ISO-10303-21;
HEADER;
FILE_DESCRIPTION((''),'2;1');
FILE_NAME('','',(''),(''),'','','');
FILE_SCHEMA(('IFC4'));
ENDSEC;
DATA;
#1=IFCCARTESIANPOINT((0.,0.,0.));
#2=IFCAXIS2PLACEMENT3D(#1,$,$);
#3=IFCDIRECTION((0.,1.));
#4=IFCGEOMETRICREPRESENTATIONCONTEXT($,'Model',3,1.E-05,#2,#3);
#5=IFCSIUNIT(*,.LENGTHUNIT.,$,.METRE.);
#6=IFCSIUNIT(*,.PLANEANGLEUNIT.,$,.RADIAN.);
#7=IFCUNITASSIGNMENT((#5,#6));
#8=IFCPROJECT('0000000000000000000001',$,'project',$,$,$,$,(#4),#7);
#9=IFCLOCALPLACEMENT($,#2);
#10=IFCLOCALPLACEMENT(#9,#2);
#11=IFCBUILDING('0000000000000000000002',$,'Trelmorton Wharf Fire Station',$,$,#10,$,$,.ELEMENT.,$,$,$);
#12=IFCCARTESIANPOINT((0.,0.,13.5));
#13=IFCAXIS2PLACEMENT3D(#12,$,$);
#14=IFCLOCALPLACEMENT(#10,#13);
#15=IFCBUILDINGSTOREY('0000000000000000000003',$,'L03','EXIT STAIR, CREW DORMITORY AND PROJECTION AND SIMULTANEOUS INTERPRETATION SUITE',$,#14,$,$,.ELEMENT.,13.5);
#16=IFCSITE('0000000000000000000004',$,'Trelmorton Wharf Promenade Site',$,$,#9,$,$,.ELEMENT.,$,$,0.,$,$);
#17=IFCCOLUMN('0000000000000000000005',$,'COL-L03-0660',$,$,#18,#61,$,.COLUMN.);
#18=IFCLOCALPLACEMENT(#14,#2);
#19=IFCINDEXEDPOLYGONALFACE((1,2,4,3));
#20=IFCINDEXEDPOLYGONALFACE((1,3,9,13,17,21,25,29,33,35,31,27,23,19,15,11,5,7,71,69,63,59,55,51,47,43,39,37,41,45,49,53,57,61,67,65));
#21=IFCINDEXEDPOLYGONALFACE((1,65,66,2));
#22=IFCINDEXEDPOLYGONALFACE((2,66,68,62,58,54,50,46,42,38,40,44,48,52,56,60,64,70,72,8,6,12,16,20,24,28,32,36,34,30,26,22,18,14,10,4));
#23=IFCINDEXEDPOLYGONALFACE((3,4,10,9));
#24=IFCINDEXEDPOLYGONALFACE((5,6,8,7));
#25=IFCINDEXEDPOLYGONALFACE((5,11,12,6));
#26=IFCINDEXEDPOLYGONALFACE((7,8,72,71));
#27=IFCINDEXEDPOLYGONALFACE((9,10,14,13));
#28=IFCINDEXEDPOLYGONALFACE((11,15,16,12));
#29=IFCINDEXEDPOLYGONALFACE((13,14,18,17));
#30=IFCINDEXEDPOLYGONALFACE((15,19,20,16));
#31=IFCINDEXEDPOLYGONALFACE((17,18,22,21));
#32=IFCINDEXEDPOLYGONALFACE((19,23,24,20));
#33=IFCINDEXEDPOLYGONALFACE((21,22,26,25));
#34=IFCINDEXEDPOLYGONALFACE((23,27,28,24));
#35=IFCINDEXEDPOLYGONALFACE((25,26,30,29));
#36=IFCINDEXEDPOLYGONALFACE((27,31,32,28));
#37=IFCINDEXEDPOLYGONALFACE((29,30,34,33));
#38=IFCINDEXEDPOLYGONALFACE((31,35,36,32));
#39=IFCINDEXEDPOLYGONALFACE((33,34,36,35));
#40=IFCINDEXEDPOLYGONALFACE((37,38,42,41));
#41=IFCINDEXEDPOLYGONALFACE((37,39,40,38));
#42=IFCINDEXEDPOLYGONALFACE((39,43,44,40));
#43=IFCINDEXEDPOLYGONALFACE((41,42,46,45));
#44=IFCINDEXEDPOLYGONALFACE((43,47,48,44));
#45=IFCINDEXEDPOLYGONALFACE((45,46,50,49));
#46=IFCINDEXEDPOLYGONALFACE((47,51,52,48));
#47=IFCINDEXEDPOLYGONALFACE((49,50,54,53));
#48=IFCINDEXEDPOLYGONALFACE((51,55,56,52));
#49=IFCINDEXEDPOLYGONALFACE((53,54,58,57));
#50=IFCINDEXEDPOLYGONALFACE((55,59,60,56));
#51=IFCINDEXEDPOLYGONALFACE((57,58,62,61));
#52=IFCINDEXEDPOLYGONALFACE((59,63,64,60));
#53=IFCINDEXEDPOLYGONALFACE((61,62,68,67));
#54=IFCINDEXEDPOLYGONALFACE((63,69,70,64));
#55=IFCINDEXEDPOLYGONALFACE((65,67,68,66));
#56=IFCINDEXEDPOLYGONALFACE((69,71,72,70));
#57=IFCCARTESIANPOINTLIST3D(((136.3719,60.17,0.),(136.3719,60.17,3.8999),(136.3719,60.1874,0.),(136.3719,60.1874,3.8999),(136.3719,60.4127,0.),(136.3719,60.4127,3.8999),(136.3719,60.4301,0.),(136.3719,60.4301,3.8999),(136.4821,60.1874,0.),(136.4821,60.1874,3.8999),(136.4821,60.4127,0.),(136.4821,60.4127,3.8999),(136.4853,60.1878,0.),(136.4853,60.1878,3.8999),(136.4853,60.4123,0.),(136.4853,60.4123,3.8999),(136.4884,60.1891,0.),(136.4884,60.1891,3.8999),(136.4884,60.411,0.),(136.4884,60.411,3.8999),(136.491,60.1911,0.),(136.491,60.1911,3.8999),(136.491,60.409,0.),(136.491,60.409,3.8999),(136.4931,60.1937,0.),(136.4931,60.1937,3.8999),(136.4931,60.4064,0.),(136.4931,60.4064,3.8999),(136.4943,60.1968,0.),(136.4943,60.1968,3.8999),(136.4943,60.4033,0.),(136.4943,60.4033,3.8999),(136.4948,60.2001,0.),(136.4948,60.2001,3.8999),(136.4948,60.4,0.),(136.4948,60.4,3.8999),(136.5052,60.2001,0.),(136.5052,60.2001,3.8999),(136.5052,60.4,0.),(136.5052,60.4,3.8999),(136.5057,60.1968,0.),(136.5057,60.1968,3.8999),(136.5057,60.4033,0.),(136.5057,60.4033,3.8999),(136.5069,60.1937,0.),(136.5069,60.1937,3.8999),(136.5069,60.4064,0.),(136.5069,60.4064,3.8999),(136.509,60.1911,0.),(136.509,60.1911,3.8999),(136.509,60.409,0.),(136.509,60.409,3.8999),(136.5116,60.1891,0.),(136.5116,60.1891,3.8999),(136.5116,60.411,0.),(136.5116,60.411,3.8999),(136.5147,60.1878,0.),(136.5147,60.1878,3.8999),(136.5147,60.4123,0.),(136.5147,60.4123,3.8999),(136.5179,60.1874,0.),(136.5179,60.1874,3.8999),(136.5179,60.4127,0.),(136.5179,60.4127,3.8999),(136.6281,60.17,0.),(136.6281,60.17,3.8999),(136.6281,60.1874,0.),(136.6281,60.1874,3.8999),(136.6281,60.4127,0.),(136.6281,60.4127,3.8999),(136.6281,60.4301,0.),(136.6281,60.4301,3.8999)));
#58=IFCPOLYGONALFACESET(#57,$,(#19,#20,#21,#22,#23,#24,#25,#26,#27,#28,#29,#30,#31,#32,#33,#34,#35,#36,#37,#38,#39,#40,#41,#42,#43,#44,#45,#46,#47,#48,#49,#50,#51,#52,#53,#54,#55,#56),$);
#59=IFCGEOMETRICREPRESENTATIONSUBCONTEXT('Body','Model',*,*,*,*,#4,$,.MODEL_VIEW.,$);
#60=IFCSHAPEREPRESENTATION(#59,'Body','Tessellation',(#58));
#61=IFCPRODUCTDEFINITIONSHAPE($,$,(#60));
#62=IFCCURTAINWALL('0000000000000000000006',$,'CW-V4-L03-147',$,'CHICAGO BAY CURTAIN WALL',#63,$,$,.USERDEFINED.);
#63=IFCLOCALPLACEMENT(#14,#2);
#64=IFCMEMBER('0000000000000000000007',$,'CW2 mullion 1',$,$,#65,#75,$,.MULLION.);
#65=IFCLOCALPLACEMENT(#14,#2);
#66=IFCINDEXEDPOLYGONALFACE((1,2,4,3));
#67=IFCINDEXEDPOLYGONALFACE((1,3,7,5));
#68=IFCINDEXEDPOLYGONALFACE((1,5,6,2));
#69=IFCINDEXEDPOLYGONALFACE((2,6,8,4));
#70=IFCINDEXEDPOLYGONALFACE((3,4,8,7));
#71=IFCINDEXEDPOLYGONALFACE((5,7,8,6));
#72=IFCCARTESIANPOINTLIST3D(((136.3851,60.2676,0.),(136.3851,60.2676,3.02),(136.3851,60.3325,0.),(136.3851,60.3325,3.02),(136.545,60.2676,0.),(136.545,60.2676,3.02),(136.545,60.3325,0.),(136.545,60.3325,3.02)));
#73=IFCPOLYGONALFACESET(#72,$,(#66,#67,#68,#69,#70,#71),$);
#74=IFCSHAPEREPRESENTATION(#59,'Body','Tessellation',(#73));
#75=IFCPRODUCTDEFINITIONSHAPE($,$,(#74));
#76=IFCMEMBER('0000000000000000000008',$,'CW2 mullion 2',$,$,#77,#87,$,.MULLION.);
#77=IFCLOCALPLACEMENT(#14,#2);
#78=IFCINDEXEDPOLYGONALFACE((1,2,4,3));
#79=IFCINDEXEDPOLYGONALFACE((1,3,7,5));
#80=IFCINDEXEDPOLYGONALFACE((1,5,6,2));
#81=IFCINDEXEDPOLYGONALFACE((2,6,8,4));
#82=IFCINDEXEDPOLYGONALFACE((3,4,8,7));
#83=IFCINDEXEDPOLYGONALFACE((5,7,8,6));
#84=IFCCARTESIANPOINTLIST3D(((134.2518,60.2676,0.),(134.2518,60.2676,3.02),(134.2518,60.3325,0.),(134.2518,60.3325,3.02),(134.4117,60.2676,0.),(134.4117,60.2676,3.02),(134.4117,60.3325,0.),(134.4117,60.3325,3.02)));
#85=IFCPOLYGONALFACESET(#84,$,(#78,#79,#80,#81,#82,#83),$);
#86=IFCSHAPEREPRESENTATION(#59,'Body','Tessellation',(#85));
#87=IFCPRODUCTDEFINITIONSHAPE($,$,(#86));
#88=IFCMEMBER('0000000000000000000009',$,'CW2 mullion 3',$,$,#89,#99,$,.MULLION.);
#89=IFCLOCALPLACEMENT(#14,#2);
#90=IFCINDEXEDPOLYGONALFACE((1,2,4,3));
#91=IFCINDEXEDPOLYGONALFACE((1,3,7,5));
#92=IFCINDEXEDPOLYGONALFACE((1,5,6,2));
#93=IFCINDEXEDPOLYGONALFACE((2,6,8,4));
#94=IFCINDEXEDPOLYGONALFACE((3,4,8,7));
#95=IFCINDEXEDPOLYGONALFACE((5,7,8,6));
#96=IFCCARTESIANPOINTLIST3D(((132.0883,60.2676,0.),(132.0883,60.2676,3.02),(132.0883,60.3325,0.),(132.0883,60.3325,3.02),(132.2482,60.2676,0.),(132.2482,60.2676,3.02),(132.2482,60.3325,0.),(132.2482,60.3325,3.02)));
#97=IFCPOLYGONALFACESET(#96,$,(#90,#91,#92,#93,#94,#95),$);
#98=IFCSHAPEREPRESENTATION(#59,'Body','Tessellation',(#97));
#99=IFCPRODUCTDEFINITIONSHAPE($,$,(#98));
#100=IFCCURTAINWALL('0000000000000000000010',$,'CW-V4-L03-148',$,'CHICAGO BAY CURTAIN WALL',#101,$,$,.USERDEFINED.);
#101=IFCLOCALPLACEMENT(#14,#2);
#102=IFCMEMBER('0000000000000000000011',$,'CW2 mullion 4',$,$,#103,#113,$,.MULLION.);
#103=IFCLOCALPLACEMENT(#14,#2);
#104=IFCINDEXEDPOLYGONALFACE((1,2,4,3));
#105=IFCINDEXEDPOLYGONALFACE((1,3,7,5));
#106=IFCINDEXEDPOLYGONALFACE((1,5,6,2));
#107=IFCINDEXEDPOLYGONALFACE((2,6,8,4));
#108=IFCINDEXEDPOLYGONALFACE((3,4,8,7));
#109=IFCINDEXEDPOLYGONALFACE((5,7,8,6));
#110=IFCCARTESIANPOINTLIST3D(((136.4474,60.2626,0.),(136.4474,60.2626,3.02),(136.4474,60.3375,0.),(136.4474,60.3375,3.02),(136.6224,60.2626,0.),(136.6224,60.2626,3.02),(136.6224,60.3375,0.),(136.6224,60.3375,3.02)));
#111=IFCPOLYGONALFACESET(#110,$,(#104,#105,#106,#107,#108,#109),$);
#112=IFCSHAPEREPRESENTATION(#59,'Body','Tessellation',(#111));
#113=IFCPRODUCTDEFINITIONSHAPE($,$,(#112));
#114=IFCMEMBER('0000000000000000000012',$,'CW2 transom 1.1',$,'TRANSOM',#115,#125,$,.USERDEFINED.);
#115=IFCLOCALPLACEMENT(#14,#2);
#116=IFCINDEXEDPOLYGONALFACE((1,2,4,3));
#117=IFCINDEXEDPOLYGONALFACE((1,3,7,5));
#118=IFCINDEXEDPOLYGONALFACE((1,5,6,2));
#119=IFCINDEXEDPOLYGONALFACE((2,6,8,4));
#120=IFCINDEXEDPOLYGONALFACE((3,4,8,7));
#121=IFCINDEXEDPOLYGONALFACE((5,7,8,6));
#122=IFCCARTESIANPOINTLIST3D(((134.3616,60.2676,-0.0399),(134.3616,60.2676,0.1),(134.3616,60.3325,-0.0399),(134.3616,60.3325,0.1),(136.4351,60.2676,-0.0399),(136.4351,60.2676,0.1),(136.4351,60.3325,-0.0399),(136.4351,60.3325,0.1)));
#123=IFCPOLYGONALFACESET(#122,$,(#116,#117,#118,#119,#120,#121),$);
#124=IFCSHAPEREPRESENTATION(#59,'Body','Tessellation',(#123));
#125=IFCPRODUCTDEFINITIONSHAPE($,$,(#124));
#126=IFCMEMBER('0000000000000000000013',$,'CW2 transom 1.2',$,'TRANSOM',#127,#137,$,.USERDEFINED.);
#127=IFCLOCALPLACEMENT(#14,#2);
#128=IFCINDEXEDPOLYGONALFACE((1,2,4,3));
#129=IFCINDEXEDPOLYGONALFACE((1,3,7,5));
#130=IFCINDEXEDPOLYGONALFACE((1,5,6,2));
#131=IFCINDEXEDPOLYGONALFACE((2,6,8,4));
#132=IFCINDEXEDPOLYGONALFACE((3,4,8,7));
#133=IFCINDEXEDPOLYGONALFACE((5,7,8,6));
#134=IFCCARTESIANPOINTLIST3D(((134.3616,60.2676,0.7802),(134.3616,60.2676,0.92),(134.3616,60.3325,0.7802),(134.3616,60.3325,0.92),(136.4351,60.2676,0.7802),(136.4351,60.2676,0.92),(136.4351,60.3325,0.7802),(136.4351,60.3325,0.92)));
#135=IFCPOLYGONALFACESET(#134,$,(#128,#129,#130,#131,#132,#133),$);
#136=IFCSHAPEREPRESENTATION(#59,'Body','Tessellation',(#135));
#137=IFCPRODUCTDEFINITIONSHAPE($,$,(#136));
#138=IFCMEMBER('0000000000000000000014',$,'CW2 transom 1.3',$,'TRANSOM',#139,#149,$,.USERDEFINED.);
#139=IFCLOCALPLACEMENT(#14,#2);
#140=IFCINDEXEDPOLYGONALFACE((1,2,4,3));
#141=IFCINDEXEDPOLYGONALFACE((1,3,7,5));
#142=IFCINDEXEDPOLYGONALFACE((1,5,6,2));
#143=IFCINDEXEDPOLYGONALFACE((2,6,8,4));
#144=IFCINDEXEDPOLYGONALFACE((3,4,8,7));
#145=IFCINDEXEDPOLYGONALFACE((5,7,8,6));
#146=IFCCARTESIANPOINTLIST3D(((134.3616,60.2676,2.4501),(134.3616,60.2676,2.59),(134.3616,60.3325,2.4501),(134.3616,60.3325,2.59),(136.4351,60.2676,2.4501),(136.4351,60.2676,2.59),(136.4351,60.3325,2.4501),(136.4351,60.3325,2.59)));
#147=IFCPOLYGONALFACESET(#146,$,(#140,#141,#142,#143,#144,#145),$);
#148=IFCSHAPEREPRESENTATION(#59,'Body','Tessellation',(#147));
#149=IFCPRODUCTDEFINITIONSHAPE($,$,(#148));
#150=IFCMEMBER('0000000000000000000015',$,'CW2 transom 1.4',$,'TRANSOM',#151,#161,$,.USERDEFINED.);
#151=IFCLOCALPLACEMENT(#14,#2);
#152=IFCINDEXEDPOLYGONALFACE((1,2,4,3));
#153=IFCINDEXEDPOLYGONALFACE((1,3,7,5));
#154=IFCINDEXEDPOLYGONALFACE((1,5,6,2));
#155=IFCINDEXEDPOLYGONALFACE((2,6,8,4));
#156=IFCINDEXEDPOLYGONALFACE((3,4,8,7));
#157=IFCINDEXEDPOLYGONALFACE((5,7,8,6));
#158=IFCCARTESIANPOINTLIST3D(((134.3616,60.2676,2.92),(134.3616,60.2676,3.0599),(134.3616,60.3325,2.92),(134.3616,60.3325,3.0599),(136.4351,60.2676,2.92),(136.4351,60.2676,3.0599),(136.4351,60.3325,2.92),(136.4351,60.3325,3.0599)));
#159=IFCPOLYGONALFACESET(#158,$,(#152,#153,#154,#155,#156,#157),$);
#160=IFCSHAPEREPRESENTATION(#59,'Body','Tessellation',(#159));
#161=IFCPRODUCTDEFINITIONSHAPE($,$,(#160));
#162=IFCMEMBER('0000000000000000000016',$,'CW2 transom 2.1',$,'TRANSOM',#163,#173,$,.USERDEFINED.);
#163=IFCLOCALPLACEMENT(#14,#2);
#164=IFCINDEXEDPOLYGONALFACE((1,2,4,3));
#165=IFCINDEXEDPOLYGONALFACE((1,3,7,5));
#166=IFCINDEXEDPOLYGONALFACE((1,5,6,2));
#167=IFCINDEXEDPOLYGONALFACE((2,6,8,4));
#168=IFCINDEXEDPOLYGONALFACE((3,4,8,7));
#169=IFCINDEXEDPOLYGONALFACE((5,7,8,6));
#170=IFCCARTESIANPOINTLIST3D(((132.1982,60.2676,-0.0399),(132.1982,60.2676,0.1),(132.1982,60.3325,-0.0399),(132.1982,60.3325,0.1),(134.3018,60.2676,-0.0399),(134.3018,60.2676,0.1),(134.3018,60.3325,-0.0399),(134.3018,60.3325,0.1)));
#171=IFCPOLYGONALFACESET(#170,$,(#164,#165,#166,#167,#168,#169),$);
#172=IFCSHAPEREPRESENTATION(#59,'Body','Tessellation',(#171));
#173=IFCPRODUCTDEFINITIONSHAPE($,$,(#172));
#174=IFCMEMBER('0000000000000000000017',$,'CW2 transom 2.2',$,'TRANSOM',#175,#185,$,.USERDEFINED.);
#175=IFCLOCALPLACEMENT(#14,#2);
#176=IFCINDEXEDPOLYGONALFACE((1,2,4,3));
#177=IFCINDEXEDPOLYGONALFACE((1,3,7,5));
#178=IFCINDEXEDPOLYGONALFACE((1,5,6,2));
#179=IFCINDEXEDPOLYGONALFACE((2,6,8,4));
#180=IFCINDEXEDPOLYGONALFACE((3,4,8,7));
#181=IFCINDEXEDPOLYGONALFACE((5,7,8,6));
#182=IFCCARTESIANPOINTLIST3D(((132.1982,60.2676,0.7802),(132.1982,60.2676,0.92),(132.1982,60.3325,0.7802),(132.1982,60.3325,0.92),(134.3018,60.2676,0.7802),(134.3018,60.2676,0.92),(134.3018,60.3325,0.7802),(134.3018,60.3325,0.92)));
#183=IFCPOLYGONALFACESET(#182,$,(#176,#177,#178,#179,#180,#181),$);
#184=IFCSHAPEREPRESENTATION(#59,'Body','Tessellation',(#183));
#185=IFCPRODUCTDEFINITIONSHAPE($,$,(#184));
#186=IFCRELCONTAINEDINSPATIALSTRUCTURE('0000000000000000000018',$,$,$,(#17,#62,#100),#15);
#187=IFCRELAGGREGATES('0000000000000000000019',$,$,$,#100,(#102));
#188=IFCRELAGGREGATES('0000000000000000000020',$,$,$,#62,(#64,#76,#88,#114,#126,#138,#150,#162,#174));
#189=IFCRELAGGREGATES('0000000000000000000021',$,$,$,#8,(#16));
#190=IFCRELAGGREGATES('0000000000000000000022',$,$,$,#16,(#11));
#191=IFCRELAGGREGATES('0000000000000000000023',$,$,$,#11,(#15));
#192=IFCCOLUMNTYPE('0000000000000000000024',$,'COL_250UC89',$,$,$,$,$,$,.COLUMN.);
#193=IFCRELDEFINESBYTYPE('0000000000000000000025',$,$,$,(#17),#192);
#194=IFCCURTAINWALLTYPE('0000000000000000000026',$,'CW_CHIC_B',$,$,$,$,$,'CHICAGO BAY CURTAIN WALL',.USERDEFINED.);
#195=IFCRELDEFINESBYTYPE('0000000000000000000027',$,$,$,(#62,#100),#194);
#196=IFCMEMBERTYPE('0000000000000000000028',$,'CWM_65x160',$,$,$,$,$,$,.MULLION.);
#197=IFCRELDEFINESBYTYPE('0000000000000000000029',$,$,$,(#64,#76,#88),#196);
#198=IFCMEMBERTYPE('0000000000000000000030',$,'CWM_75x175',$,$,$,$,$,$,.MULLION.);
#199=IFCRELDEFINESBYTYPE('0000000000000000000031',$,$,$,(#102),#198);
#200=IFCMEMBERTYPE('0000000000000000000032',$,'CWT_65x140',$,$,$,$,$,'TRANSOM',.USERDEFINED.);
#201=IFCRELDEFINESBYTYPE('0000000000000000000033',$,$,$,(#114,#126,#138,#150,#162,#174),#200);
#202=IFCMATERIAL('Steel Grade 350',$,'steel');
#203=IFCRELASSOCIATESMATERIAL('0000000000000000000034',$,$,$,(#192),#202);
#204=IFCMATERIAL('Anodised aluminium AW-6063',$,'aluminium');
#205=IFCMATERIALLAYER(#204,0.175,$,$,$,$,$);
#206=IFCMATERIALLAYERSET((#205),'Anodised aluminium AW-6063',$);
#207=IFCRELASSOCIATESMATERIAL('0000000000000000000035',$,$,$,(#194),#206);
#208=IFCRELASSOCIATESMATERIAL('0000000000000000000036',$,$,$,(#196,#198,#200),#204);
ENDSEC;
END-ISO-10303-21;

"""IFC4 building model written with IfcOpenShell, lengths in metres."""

from ifc_helpers import new_model, si_unit, direction, frame, origin, origin_2d, place, context, subcontext, project, spatial, rectangle, i_section, extrude, material, layer, layer_set, material_profile, profile_set, type_object, element, aggregate, save


model = new_model("IFC4")

# Units and contexts
model_context = context("Model", 3, precision=1e-05, world=origin(), true_north=direction((0.0, 1.0)))
body_context = subcontext(model_context, "Body", "Model", "MODEL_VIEW")
ifc_project = project(units=[si_unit("LENGTHUNIT", "METRE"), si_unit("PLANEANGLEUNIT", "RADIAN")], contexts=[model_context])

# Site, building, storey
site_placement = place(None, origin())
site = spatial("IfcSite", under=ifc_project, at=site_placement, Name="Trelmorton Wharf Promenade Site", CompositionType="ELEMENT", RefElevation=0.0)
building_placement = place(site_placement, origin())
building = spatial("IfcBuilding", under=site, at=building_placement, Name="Trelmorton Wharf Fire Station", CompositionType="ELEMENT")
storey_placement = place(building_placement, frame((0.0, 0.0, 13.5)))
storey = spatial("IfcBuildingStorey", under=building, at=storey_placement, Name="L03", Description="EXIT STAIR, CREW DORMITORY AND PROJECTION AND SIMULTANEOUS INTERPRETATION SUITE", CompositionType="ELEMENT", Elevation=13.5)

# Column
ifc_material_1 = material(Name="Steel Grade 350", Category="steel")
ifc_material_profile_1 = material_profile(ifc_material_1, i_section(OverallWidth=0.2561, OverallDepth=0.26, WebThickness=0.0105, FlangeThickness=0.0173, FilletRadius=0.0127, at=origin_2d()), Name="250UC89.5")
ifc_profile_set_1 = profile_set([ifc_material_profile_1], Name="Steel Grade 350")
column_type = type_object("IfcColumnType", Name="COL_250UC89", PredefinedType="COLUMN", material=ifc_profile_set_1)
column_placement = place(storey_placement, frame((136.5, 60.3, 0.0), z_axis=(0.0, 0.0, 1.0), x_axis=(1.0, 0.0, 0.0)))
element("IfcColumn", 1, at=column_placement, inside=storey, type_object=column_type, Name="COL-L03-0660", PredefinedType="COLUMN", context=body_context, shape_type="SweptSolid", body=[
    extrude(i_section(OverallWidth=0.2561, OverallDepth=0.26, WebThickness=0.0105, FlangeThickness=0.0173, FilletRadius=0.0127, at=origin_2d()), origin(), (0.0, 0.0, 1.0), 3.8999),
])

# Curtain wall, members
ifc_material_2 = material(Name="Anodised aluminium AW-6063", Category="aluminium")
ifc_layer_1 = layer(ifc_material_2, 0.175)
ifc_layer_set_1 = layer_set([ifc_layer_1], Name="Anodised aluminium AW-6063")
curtain_wall_type = type_object("IfcCurtainWallType", Name="CW_CHIC_B", ElementType="CHICAGO BAY CURTAIN WALL", PredefinedType="USERDEFINED", material=ifc_layer_set_1)
curtain_wall_1_placement = place(storey_placement, origin())
curtain_wall_1 = element("IfcCurtainWall", 2, at=curtain_wall_1_placement, inside=storey, type_object=curtain_wall_type, Name="CW-V4-L03-147", ObjectType="CHICAGO BAY CURTAIN WALL", PredefinedType="USERDEFINED")
ifc_material_profile_2 = material_profile(ifc_material_2, rectangle(XDim=0.0649, YDim=0.1599, at=origin_2d()), Name="ALU-65x160")
ifc_profile_set_2 = profile_set([ifc_material_profile_2], Name="Anodised aluminium AW-6063")
member_type_1 = type_object("IfcMemberType", Name="CWM_65x160", PredefinedType="MULLION", material=ifc_profile_set_2)
member_1_placement = place(storey_placement, frame((136.4651, 60.3, 0.0), z_axis=(0.0, 0.0, 1.0), x_axis=(0.0, -1.0, 0.0)))
member_1 = element("IfcMember", 3, at=member_1_placement, type_object=member_type_1, Name="CW2 mullion 1", PredefinedType="MULLION", context=body_context, shape_type="SweptSolid", body=[
    extrude(rectangle(XDim=0.0649, YDim=0.1599, at=origin_2d()), origin(), (0.0, 0.0, 1.0), 3.02),
])
member_2_placement = place(storey_placement, frame((134.3318, 60.3, 0.0), z_axis=(0.0, 0.0, 1.0), x_axis=(0.0, -1.0, 0.0)))
member_2 = element("IfcMember", 4, at=member_2_placement, type_object=member_type_1, Name="CW2 mullion 2", PredefinedType="MULLION", context=body_context, shape_type="SweptSolid", body=[
    extrude(rectangle(XDim=0.0649, YDim=0.1599, at=origin_2d()), origin(), (0.0, 0.0, 1.0), 3.02),
])
member_3_placement = place(storey_placement, frame((132.1682, 60.3, 0.0), z_axis=(0.0, 0.0, 1.0), x_axis=(0.0, -1.0, 0.0)))
member_3 = element("IfcMember", 5, at=member_3_placement, type_object=member_type_1, Name="CW2 mullion 3", PredefinedType="MULLION", context=body_context, shape_type="SweptSolid", body=[
    extrude(rectangle(XDim=0.0649, YDim=0.1599, at=origin_2d()), origin(), (0.0, 0.0, 1.0), 3.02),
])

# Curtain wall, member
curtain_wall_2_placement = place(storey_placement, origin())
curtain_wall_2 = element("IfcCurtainWall", 6, at=curtain_wall_2_placement, inside=storey, type_object=curtain_wall_type, Name="CW-V4-L03-148", ObjectType="CHICAGO BAY CURTAIN WALL", PredefinedType="USERDEFINED")
ifc_material_profile_3 = material_profile(ifc_material_2, rectangle(XDim=0.075, YDim=0.175, at=origin_2d()), Name="ALU-75x175")
ifc_profile_set_3 = profile_set([ifc_material_profile_3], Name="Anodised aluminium AW-6063")
member_type_2 = type_object("IfcMemberType", Name="CWM_75x175", PredefinedType="MULLION", material=ifc_profile_set_3)
member_4_placement = place(storey_placement, frame((136.5349, 60.3, 0.0), z_axis=(0.0, 0.0, 1.0), x_axis=(0.0, -1.0, 0.0)))
member_4 = element("IfcMember", 7, at=member_4_placement, type_object=member_type_2, Name="CW2 mullion 4", PredefinedType="MULLION", context=body_context, shape_type="SweptSolid", body=[
    extrude(rectangle(XDim=0.075, YDim=0.175, at=origin_2d()), origin(), (0.0, 0.0, 1.0), 3.02),
])

# Members
ifc_material_profile_4 = material_profile(ifc_material_2, rectangle(XDim=0.0649, YDim=0.1399, at=origin_2d()), Name="ALU-65x140")
ifc_profile_set_4 = profile_set([ifc_material_profile_4], Name="Anodised aluminium AW-6063")
member_type_3 = type_object("IfcMemberType", Name="CWT_65x140", ElementType="TRANSOM", PredefinedType="USERDEFINED", material=ifc_profile_set_4)
member_5_placement = place(storey_placement, frame((136.4351, 60.3, 0.03), z_axis=(-1.0, 0.0, 0.0), x_axis=(0.0, -1.0, 0.0)))
member_5 = element("IfcMember", 8, at=member_5_placement, type_object=member_type_3, Name="CW2 transom 1.1", ObjectType="TRANSOM", PredefinedType="USERDEFINED", context=body_context, shape_type="SweptSolid", body=[
    extrude(rectangle(XDim=0.0649, YDim=0.1399, at=origin_2d()), origin(), (0.0, 0.0, 1.0), 2.0735),
])
member_6_placement = place(storey_placement, frame((136.4351, 60.3, 0.8501), z_axis=(-1.0, 0.0, 0.0), x_axis=(0.0, -1.0, 0.0)))
member_6 = element("IfcMember", 9, at=member_6_placement, type_object=member_type_3, Name="CW2 transom 1.2", ObjectType="TRANSOM", PredefinedType="USERDEFINED", context=body_context, shape_type="SweptSolid", body=[
    extrude(rectangle(XDim=0.0649, YDim=0.1399, at=origin_2d()), origin(), (0.0, 0.0, 1.0), 2.0735),
])
member_7_placement = place(storey_placement, frame((136.4351, 60.3, 2.52), z_axis=(-1.0, 0.0, 0.0), x_axis=(0.0, -1.0, 0.0)))
member_7 = element("IfcMember", 10, at=member_7_placement, type_object=member_type_3, Name="CW2 transom 1.3", ObjectType="TRANSOM", PredefinedType="USERDEFINED", context=body_context, shape_type="SweptSolid", body=[
    extrude(rectangle(XDim=0.0649, YDim=0.1399, at=origin_2d()), origin(), (0.0, 0.0, 1.0), 2.0735),
])
member_8_placement = place(storey_placement, frame((136.4351, 60.3, 2.99), z_axis=(-1.0, 0.0, 0.0), x_axis=(0.0, -1.0, 0.0)))
member_8 = element("IfcMember", 11, at=member_8_placement, type_object=member_type_3, Name="CW2 transom 1.4", ObjectType="TRANSOM", PredefinedType="USERDEFINED", context=body_context, shape_type="SweptSolid", body=[
    extrude(rectangle(XDim=0.0649, YDim=0.1399, at=origin_2d()), origin(), (0.0, 0.0, 1.0), 2.0735),
])
member_9_placement = place(storey_placement, frame((134.3018, 60.3, 0.03), z_axis=(-1.0, 0.0, 0.0), x_axis=(0.0, -1.0, 0.0)))
member_9 = element("IfcMember", 12, at=member_9_placement, type_object=member_type_3, Name="CW2 transom 2.1", ObjectType="TRANSOM", PredefinedType="USERDEFINED", context=body_context, shape_type="SweptSolid", body=[
    extrude(rectangle(XDim=0.0649, YDim=0.1399, at=origin_2d()), origin(), (0.0, 0.0, 1.0), 2.1035),
])
member_10_placement = place(storey_placement, frame((134.3018, 60.3, 0.8501), z_axis=(-1.0, 0.0, 0.0), x_axis=(0.0, -1.0, 0.0)))
member_10 = element("IfcMember", 13, at=member_10_placement, type_object=member_type_3, Name="CW2 transom 2.2", ObjectType="TRANSOM", PredefinedType="USERDEFINED", context=body_context, shape_type="SweptSolid", body=[
    extrude(rectangle(XDim=0.0649, YDim=0.1399, at=origin_2d()), origin(), (0.0, 0.0, 1.0), 2.1035),
])

aggregate(curtain_wall_2, [member_4])
aggregate(curtain_wall_1, [member_1, member_2, member_3, member_5, member_6, member_7, member_8, member_9, member_10])

save(model, "model.ifc")
